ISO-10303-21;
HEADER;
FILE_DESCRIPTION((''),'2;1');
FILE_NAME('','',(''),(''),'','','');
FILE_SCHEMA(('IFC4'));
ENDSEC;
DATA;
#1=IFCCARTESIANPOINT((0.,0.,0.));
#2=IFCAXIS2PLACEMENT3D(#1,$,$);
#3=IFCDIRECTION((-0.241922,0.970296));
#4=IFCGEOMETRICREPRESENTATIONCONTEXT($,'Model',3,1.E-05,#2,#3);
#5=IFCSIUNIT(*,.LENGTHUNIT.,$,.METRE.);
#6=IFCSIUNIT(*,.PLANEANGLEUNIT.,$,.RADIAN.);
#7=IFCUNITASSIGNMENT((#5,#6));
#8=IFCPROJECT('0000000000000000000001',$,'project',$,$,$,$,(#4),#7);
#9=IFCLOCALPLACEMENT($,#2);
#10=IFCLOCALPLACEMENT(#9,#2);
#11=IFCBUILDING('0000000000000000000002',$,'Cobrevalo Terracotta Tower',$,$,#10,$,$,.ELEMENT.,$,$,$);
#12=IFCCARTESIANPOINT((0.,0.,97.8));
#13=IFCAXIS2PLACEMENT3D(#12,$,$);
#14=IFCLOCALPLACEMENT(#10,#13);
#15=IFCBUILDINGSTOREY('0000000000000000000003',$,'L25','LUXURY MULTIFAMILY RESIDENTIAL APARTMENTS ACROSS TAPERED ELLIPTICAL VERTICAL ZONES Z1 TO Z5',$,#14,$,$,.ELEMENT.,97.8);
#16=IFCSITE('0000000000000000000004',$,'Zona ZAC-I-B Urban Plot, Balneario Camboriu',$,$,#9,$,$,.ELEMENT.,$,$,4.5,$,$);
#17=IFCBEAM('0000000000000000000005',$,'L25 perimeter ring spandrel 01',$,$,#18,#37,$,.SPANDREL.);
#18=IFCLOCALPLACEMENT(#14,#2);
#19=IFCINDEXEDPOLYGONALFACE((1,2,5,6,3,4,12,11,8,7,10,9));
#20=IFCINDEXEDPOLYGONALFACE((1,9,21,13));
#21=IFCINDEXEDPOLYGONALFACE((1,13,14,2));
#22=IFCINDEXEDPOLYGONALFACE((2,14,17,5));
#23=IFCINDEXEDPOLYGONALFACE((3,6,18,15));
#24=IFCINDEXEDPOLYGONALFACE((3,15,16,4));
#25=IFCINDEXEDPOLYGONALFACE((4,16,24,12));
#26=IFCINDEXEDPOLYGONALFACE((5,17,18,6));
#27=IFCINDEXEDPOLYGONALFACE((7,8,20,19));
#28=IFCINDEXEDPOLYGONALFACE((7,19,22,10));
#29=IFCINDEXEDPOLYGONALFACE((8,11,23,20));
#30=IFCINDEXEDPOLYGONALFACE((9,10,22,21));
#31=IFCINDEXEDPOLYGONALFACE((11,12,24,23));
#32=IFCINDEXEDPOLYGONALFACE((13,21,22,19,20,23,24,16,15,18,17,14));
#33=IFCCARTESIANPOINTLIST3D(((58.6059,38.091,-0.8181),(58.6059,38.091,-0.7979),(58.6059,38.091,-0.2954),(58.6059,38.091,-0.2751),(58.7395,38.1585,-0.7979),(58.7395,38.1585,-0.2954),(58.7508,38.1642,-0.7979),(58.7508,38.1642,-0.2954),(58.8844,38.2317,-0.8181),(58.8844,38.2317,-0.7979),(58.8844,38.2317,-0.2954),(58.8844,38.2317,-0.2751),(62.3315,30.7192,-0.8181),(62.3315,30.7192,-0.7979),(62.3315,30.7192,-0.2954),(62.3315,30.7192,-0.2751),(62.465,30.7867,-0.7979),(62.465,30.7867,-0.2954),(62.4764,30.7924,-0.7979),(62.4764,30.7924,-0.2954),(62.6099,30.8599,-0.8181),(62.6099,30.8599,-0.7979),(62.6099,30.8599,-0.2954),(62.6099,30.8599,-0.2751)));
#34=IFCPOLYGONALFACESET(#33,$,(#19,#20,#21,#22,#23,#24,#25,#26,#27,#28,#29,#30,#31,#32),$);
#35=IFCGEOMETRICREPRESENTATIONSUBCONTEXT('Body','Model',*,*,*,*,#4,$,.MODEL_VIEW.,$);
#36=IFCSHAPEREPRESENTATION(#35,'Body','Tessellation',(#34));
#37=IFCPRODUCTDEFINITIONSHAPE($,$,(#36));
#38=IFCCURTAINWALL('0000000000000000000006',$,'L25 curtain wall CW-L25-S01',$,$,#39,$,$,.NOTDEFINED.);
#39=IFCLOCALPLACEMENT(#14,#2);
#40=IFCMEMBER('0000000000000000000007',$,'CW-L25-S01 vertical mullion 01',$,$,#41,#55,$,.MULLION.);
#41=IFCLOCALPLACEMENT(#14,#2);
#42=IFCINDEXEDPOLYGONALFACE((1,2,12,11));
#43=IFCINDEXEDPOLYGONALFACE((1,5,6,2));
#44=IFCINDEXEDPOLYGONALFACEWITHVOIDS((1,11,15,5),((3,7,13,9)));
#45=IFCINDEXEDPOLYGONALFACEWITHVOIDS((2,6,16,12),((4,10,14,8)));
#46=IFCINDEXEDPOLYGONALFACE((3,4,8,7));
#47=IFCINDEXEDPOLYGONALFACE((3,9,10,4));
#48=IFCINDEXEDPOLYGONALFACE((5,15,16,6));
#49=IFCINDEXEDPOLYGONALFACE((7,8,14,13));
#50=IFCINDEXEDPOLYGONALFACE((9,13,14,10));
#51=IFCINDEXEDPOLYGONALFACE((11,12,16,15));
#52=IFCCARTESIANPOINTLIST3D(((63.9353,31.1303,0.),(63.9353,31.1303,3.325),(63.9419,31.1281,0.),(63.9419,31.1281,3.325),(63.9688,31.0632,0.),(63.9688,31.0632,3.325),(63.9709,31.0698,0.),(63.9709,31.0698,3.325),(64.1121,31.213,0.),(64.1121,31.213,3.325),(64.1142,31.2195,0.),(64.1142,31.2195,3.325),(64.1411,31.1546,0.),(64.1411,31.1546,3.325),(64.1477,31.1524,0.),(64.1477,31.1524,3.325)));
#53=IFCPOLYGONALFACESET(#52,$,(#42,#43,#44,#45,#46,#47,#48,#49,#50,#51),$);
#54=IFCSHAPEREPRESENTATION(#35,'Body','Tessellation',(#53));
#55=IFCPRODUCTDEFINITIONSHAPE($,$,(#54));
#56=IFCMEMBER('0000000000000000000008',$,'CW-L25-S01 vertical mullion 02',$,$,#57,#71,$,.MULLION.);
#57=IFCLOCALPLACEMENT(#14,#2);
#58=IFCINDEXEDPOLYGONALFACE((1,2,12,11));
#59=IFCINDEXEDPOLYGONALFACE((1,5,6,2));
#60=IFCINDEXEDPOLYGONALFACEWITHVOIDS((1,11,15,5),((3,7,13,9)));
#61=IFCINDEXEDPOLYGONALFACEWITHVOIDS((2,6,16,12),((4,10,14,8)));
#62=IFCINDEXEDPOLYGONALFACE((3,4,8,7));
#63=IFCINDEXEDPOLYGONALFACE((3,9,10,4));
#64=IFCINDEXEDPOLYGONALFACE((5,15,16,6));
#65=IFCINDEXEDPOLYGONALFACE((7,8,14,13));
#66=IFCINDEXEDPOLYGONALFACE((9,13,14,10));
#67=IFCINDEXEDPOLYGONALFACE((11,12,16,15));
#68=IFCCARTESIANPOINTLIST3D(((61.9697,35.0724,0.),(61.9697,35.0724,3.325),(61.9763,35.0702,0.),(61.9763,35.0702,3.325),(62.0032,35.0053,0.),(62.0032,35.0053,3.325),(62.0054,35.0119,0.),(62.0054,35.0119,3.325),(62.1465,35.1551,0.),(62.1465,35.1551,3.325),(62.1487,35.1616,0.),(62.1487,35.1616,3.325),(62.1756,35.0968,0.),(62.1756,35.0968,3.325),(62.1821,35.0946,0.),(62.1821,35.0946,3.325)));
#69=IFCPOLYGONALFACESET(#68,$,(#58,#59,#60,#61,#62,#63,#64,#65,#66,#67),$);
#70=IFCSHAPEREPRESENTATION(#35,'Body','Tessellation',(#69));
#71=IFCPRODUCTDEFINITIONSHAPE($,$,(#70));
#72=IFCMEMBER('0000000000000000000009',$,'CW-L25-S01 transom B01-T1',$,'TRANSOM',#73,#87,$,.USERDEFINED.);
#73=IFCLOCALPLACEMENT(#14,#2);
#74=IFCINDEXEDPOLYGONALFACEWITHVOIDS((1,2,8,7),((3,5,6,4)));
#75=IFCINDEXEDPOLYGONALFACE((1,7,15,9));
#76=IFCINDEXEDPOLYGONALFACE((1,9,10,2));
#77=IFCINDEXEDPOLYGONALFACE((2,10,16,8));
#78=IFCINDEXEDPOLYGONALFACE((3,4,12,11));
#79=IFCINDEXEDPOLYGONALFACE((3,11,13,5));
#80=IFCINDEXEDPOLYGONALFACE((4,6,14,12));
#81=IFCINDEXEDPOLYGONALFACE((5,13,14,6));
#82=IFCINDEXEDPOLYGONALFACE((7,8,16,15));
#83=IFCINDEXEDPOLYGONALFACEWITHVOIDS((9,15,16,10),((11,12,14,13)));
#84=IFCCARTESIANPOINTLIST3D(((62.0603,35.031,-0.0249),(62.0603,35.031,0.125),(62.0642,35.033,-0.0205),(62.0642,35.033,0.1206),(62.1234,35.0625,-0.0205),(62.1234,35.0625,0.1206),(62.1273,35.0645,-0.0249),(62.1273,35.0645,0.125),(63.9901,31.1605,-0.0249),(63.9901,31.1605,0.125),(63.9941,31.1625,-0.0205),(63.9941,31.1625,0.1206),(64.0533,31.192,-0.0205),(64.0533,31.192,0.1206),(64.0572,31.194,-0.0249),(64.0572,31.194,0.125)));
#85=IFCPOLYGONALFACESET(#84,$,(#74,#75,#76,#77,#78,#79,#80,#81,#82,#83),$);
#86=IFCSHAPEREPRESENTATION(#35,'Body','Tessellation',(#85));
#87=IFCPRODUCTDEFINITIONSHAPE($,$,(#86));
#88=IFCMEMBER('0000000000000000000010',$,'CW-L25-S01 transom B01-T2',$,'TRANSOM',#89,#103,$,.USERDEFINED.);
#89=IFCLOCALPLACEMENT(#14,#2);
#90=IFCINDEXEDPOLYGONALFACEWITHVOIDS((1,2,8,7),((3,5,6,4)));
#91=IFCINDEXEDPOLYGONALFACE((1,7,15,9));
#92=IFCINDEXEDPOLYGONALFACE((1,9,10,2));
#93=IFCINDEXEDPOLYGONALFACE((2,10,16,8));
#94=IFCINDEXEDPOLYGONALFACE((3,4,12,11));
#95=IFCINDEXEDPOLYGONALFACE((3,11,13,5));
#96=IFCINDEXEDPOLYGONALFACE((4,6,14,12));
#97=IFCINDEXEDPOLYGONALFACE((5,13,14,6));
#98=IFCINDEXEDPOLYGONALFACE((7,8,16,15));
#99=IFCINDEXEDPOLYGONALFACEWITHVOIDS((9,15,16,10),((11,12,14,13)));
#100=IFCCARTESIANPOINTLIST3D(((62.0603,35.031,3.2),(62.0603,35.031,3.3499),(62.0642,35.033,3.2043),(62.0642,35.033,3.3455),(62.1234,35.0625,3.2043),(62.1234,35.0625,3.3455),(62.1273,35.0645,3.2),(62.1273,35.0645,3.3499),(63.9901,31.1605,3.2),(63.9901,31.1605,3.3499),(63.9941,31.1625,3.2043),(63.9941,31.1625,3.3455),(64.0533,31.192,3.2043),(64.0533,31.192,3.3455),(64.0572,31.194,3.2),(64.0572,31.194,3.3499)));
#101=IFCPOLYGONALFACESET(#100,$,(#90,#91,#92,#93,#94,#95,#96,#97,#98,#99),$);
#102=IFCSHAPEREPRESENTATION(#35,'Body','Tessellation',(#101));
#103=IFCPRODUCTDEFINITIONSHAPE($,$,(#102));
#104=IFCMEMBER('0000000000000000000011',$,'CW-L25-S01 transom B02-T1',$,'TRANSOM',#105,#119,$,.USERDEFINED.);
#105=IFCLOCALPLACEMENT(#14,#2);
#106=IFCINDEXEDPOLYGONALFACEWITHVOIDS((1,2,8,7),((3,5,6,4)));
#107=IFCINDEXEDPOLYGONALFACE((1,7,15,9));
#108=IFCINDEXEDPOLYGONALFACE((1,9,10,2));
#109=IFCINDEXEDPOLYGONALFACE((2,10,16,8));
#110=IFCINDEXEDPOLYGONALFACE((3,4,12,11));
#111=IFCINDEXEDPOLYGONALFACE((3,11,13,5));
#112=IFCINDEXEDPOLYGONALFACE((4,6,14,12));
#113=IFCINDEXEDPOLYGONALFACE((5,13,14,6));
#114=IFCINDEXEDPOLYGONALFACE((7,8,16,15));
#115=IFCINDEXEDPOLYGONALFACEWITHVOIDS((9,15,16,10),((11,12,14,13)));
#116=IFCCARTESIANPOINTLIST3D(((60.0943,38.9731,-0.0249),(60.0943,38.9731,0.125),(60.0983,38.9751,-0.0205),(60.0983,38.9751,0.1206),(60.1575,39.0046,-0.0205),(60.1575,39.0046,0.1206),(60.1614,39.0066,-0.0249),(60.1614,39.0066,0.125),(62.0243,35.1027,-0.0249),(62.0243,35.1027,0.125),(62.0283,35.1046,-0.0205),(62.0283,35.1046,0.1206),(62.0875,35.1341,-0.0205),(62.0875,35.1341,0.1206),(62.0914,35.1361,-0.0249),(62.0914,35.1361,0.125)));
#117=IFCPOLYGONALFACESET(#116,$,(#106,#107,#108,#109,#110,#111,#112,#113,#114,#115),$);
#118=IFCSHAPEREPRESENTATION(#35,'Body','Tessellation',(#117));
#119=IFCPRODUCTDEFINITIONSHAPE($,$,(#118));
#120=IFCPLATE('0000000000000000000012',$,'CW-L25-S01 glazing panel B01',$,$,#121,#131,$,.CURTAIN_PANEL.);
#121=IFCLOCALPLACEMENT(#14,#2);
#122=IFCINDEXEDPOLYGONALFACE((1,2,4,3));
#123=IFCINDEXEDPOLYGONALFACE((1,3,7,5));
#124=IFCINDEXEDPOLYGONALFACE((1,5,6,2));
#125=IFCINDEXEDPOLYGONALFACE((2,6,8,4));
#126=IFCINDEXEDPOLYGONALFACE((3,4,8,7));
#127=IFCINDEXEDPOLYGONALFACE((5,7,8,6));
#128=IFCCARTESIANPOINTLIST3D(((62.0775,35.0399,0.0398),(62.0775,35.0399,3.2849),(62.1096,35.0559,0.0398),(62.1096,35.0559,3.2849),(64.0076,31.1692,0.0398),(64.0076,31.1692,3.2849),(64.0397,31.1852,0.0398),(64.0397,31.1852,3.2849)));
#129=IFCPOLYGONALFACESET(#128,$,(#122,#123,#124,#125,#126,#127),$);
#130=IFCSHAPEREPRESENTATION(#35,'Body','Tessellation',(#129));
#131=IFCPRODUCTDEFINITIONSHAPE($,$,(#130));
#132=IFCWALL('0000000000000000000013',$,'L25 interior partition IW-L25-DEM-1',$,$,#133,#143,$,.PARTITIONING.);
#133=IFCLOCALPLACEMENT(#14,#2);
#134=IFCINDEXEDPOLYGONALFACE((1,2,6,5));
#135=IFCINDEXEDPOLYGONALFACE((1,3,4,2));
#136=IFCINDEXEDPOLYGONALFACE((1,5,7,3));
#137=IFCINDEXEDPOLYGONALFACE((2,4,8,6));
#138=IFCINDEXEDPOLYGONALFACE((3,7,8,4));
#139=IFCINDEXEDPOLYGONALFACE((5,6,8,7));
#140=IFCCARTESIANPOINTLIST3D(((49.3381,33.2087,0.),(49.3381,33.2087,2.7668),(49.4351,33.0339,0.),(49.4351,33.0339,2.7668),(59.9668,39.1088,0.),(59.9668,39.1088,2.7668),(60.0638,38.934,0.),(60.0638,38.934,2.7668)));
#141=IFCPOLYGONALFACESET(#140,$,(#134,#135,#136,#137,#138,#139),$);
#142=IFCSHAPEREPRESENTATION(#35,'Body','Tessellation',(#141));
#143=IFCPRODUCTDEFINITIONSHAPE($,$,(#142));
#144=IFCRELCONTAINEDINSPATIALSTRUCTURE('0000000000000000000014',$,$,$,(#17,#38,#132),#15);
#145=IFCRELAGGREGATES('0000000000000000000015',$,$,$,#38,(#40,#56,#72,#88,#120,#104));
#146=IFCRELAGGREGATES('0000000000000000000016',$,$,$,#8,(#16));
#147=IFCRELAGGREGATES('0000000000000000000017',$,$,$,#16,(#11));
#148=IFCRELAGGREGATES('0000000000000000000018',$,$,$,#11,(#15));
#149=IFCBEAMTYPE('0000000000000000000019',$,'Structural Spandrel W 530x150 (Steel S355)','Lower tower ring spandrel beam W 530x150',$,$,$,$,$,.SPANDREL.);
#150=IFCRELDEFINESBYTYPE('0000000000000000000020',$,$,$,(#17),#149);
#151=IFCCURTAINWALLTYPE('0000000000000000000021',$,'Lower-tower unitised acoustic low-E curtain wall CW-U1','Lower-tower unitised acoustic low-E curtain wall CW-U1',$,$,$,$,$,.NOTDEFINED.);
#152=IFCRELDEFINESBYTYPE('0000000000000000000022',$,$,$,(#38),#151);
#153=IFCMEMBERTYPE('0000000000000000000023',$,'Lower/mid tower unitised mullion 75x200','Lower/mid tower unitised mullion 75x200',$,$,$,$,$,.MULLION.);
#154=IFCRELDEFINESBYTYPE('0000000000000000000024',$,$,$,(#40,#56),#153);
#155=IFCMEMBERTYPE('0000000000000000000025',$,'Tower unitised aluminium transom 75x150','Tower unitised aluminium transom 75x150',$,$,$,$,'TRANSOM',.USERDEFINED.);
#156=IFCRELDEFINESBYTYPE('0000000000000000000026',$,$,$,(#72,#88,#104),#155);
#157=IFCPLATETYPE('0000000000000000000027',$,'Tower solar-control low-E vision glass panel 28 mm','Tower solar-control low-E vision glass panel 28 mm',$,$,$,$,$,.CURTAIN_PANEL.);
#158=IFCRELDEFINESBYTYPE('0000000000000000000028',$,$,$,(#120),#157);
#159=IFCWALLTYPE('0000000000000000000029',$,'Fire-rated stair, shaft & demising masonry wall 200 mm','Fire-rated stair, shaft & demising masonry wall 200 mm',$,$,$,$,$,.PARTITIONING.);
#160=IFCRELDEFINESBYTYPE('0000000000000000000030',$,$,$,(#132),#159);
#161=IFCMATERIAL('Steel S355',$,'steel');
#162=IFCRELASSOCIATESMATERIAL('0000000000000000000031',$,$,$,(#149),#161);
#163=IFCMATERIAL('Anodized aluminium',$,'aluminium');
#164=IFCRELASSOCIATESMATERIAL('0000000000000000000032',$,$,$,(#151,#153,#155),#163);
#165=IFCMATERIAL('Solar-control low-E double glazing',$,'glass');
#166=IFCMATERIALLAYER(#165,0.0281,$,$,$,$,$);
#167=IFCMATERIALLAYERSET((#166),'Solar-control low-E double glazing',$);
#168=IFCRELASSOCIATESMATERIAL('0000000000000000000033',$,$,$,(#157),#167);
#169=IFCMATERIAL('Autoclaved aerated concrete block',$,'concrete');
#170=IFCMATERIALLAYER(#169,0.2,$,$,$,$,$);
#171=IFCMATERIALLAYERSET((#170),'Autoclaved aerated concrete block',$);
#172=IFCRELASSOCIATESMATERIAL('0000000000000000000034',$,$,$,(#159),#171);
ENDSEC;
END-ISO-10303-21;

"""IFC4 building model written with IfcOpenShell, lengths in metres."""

from ifc_helpers import new_model, si_unit, direction, frame, frame_2d, origin, origin_2d, place, context, subcontext, project, spatial, rectangle, hollow_rectangle, i_section, extrude, source, transform, mapped, material, layer, layer_set, material_profile, profile_set, type_object, element, aggregate, save


model = new_model("IFC4")

# Units and contexts
model_context = context("Model", 3, precision=1e-05, world=origin(), true_north=direction((-0.241922, 0.970296)))
body_context = subcontext(model_context, "Body", "Model", "MODEL_VIEW")
ifc_project = project(units=[si_unit("LENGTHUNIT", "METRE"), si_unit("PLANEANGLEUNIT", "RADIAN")], contexts=[model_context])

# Site, building, storey
site_placement = place(None, origin())
site = spatial("IfcSite", under=ifc_project, at=site_placement, Name="Zona ZAC-I-B Urban Plot, Balneario Camboriu", CompositionType="ELEMENT", RefElevation=4.5)
building_placement = place(site_placement, origin())
building = spatial("IfcBuilding", under=site, at=building_placement, Name="Cobrevalo Terracotta Tower", CompositionType="ELEMENT")
storey_placement = place(building_placement, frame((0.0, 0.0, 97.8)))
storey = spatial("IfcBuildingStorey", under=building, at=storey_placement, Name="L25", Description="LUXURY MULTIFAMILY RESIDENTIAL APARTMENTS ACROSS TAPERED ELLIPTICAL VERTICAL ZONES Z1 TO Z5", CompositionType="ELEMENT", Elevation=97.8)

# Shared definitions
ifc_material_1 = material(Name="Steel S355", Category="steel")

# Beam
ifc_material_profile_1 = material_profile(ifc_material_1, i_section(OverallWidth=0.312, OverallDepth=0.543, WebThickness=0.0127, FlangeThickness=0.0203, at=origin_2d()), Name="W 530x150")
ifc_profile_set_1 = profile_set([ifc_material_profile_1], Name="Steel S355")
beam_type_1 = type_object("IfcBeamType", Name="Structural Spandrel W 530x150 (Steel S355)", Description="Lower tower ring spandrel beam W 530x150", PredefinedType="SPANDREL", material=ifc_profile_set_1)
beam_1_placement = place(storey_placement, frame((62.4707, 30.7896, -0.5466), z_axis=(-0.451052, 0.892498, 0.0), x_axis=(-0.892498, -0.451052, 0.0)))
element("IfcBeam", 1, at=beam_1_placement, inside=storey, type_object=beam_type_1, Name="L25 perimeter ring spandrel 01", PredefinedType="SPANDREL", context=body_context, shape_type="SweptSolid", body=[
    extrude(i_section(OverallWidth=0.312, OverallDepth=0.543, WebThickness=0.0127, FlangeThickness=0.0203, at=origin_2d()), origin(), (0.0, 0.0, 1.0), 8.2598),
])

# Curtain wall, members, plate
ifc_material_2 = material(Name="Anodized aluminium", Category="aluminium")
curtain_wall_type = type_object("IfcCurtainWallType", Name="Lower-tower unitised acoustic low-E curtain wall CW-U1", Description="Lower-tower unitised acoustic low-E curtain wall CW-U1", PredefinedType="NOTDEFINED", material=ifc_material_2)
curtain_wall_placement = place(storey_placement, origin())
curtain_wall = element("IfcCurtainWall", 2, at=curtain_wall_placement, inside=storey, type_object=curtain_wall_type, Name="L25 curtain wall CW-L25-S01", PredefinedType="NOTDEFINED")
ifc_material_profile_2 = material_profile(ifc_material_2, hollow_rectangle(XDim=0.075, YDim=0.2, WallThickness=0.0049, at=origin_2d()), Name="CWM 75x200")
ifc_profile_set_2 = profile_set([ifc_material_profile_2], Name="Anodized aluminium")
member_type_1 = type_object("IfcMemberType", Name="Lower/mid tower unitised mullion 75x200", Description="Lower/mid tower unitised mullion 75x200", PredefinedType="MULLION", material=ifc_profile_set_2)
shared_shape_1 = source(origin(), body_context, "Body", "SweptSolid", [
    extrude(hollow_rectangle(XDim=0.075, YDim=0.2, WallThickness=0.0049, at=origin_2d()), origin(), (0.0, 0.0, 1.0), 3.325),
])
member_1_placement = place(storey_placement, frame((64.0415, 31.1414, 0.0), z_axis=(0.0, 0.0, 1.0), x_axis=(-0.44626, 0.894903, 0.0)))
member_1 = element("IfcMember", 3, at=member_1_placement, type_object=member_type_1, Name="CW-L25-S01 vertical mullion 01", PredefinedType="MULLION", context=body_context, shape_type="MappedRepresentation", body=[
    mapped(shared_shape_1, transform((0.0, 0.0, 0.0), scale=1.0)),
])
member_2_placement = place(storey_placement, frame((62.0759, 35.0835, 0.0), z_axis=(0.0, 0.0, 1.0), x_axis=(-0.44626, 0.894903, 0.0)))
member_2 = element("IfcMember", 4, at=member_2_placement, type_object=member_type_1, Name="CW-L25-S01 vertical mullion 02", PredefinedType="MULLION", context=body_context, shape_type="MappedRepresentation", body=[
    mapped(shared_shape_1, transform((0.0, 0.0, 0.0), scale=1.0)),
])
ifc_material_profile_3 = material_profile(ifc_material_2, hollow_rectangle(XDim=0.075, YDim=0.1499, WallThickness=0.0044, at=origin_2d()), Name="CWT 75x150")
ifc_profile_set_3 = profile_set([ifc_material_profile_3], Name="Anodized aluminium")
member_type_2 = type_object("IfcMemberType", Name="Tower unitised aluminium transom 75x150", Description="Tower unitised aluminium transom 75x150", ElementType="TRANSOM", PredefinedType="USERDEFINED", material=ifc_profile_set_3)
shared_shape_2 = source(origin(), body_context, "Body", "SweptSolid", [
    extrude(hollow_rectangle(XDim=0.075, YDim=0.1499, WallThickness=0.0044, at=origin_2d()), origin(), (0.0, 0.0, 1.0), 4.325),
])
member_3_placement = place(storey_placement, frame((64.0237, 31.1772, 0.05), z_axis=(-0.44622, 0.894923, 0.0), x_axis=(-0.894923, -0.44622, 0.0)))
member_3 = element("IfcMember", 5, at=member_3_placement, type_object=member_type_2, Name="CW-L25-S01 transom B01-T1", ObjectType="TRANSOM", PredefinedType="USERDEFINED", context=body_context, shape_type="MappedRepresentation", body=[
    mapped(shared_shape_2, transform((0.0, 0.0, 0.0), scale=1.0)),
])
member_4_placement = place(storey_placement, frame((64.0237, 31.1772, 3.2749), z_axis=(-0.44622, 0.894923, 0.0), x_axis=(-0.894923, -0.44622, 0.0)))
member_4 = element("IfcMember", 6, at=member_4_placement, type_object=member_type_2, Name="CW-L25-S01 transom B01-T2", ObjectType="TRANSOM", PredefinedType="USERDEFINED", context=body_context, shape_type="MappedRepresentation", body=[
    mapped(shared_shape_2, transform((0.0, 0.0, 0.0), scale=1.0)),
])
member_5_placement = place(storey_placement, frame((62.0579, 35.1194, 0.05), z_axis=(-0.446242, 0.894912, 0.0), x_axis=(-0.894912, -0.446242, 0.0)))
member_5 = element("IfcMember", 7, at=member_5_placement, type_object=member_type_2, Name="CW-L25-S01 transom B02-T1", ObjectType="TRANSOM", PredefinedType="USERDEFINED", context=body_context, shape_type="MappedRepresentation", body=[
    mapped(shared_shape_2, transform((0.0, 0.0, 0.0), scale=1.0)),
])
ifc_material_3 = material(Name="Solar-control low-E double glazing", Category="glass")
ifc_layer_1 = layer(ifc_material_3, 0.0281)
ifc_layer_set_1 = layer_set([ifc_layer_1], Name="Solar-control low-E double glazing")
plate_type = type_object("IfcPlateType", Name="Tower solar-control low-E vision glass panel 28 mm", Description="Tower solar-control low-E vision glass panel 28 mm", PredefinedType="CURTAIN_PANEL", material=ifc_layer_set_1)
shared_shape_3 = source(origin(), body_context, "Body", "SweptSolid", [
    extrude(rectangle(XDim=4.3252, YDim=0.0359, at=origin_2d()), origin(), (0.0, 0.0, 1.0), 3.2451),
])
plate_placement = place(storey_placement, frame((63.0586, 33.1125, 0.0398), z_axis=(0.0, 0.0, 1.0), x_axis=(-0.446262, 0.894902, 0.0)))
plate = element("IfcPlate", 8, at=plate_placement, type_object=plate_type, Name="CW-L25-S01 glazing panel B01", PredefinedType="CURTAIN_PANEL", context=body_context, shape_type="MappedRepresentation", body=[
    mapped(shared_shape_3, transform((0.0, 0.0, 0.0), scale=1.0)),
])
aggregate(curtain_wall, [member_1, member_2, member_3, member_4, plate, member_5])

# Wall
ifc_material_4 = material(Name="Autoclaved aerated concrete block", Category="concrete")
ifc_layer_2 = layer(ifc_material_4, 0.2)
ifc_layer_set_2 = layer_set([ifc_layer_2], Name="Autoclaved aerated concrete block")
wall_type_1 = type_object("IfcWallType", Name="Fire-rated stair, shaft & demising masonry wall 200 mm", Description="Fire-rated stair, shaft & demising masonry wall 200 mm", PredefinedType="PARTITIONING", material=ifc_layer_set_2)
wall_1_placement = place(storey_placement, frame((49.3867, 33.1213, 0.0), z_axis=(0.0, 0.0, 1.0), x_axis=(0.87432, 0.48535, 0.0)))
element("IfcWall", 9, at=wall_1_placement, inside=storey, type_object=wall_type_1, Name="L25 interior partition IW-L25-DEM-1", PredefinedType="PARTITIONING", context=body_context, shape_type="SweptSolid", body=[
    extrude(rectangle(XDim=12.1565, YDim=0.2, at=frame_2d((6.0781, 0.0))), origin(), (0.0, 0.0, 1.0), 2.7668),
])

save(model, "model.ifc")
